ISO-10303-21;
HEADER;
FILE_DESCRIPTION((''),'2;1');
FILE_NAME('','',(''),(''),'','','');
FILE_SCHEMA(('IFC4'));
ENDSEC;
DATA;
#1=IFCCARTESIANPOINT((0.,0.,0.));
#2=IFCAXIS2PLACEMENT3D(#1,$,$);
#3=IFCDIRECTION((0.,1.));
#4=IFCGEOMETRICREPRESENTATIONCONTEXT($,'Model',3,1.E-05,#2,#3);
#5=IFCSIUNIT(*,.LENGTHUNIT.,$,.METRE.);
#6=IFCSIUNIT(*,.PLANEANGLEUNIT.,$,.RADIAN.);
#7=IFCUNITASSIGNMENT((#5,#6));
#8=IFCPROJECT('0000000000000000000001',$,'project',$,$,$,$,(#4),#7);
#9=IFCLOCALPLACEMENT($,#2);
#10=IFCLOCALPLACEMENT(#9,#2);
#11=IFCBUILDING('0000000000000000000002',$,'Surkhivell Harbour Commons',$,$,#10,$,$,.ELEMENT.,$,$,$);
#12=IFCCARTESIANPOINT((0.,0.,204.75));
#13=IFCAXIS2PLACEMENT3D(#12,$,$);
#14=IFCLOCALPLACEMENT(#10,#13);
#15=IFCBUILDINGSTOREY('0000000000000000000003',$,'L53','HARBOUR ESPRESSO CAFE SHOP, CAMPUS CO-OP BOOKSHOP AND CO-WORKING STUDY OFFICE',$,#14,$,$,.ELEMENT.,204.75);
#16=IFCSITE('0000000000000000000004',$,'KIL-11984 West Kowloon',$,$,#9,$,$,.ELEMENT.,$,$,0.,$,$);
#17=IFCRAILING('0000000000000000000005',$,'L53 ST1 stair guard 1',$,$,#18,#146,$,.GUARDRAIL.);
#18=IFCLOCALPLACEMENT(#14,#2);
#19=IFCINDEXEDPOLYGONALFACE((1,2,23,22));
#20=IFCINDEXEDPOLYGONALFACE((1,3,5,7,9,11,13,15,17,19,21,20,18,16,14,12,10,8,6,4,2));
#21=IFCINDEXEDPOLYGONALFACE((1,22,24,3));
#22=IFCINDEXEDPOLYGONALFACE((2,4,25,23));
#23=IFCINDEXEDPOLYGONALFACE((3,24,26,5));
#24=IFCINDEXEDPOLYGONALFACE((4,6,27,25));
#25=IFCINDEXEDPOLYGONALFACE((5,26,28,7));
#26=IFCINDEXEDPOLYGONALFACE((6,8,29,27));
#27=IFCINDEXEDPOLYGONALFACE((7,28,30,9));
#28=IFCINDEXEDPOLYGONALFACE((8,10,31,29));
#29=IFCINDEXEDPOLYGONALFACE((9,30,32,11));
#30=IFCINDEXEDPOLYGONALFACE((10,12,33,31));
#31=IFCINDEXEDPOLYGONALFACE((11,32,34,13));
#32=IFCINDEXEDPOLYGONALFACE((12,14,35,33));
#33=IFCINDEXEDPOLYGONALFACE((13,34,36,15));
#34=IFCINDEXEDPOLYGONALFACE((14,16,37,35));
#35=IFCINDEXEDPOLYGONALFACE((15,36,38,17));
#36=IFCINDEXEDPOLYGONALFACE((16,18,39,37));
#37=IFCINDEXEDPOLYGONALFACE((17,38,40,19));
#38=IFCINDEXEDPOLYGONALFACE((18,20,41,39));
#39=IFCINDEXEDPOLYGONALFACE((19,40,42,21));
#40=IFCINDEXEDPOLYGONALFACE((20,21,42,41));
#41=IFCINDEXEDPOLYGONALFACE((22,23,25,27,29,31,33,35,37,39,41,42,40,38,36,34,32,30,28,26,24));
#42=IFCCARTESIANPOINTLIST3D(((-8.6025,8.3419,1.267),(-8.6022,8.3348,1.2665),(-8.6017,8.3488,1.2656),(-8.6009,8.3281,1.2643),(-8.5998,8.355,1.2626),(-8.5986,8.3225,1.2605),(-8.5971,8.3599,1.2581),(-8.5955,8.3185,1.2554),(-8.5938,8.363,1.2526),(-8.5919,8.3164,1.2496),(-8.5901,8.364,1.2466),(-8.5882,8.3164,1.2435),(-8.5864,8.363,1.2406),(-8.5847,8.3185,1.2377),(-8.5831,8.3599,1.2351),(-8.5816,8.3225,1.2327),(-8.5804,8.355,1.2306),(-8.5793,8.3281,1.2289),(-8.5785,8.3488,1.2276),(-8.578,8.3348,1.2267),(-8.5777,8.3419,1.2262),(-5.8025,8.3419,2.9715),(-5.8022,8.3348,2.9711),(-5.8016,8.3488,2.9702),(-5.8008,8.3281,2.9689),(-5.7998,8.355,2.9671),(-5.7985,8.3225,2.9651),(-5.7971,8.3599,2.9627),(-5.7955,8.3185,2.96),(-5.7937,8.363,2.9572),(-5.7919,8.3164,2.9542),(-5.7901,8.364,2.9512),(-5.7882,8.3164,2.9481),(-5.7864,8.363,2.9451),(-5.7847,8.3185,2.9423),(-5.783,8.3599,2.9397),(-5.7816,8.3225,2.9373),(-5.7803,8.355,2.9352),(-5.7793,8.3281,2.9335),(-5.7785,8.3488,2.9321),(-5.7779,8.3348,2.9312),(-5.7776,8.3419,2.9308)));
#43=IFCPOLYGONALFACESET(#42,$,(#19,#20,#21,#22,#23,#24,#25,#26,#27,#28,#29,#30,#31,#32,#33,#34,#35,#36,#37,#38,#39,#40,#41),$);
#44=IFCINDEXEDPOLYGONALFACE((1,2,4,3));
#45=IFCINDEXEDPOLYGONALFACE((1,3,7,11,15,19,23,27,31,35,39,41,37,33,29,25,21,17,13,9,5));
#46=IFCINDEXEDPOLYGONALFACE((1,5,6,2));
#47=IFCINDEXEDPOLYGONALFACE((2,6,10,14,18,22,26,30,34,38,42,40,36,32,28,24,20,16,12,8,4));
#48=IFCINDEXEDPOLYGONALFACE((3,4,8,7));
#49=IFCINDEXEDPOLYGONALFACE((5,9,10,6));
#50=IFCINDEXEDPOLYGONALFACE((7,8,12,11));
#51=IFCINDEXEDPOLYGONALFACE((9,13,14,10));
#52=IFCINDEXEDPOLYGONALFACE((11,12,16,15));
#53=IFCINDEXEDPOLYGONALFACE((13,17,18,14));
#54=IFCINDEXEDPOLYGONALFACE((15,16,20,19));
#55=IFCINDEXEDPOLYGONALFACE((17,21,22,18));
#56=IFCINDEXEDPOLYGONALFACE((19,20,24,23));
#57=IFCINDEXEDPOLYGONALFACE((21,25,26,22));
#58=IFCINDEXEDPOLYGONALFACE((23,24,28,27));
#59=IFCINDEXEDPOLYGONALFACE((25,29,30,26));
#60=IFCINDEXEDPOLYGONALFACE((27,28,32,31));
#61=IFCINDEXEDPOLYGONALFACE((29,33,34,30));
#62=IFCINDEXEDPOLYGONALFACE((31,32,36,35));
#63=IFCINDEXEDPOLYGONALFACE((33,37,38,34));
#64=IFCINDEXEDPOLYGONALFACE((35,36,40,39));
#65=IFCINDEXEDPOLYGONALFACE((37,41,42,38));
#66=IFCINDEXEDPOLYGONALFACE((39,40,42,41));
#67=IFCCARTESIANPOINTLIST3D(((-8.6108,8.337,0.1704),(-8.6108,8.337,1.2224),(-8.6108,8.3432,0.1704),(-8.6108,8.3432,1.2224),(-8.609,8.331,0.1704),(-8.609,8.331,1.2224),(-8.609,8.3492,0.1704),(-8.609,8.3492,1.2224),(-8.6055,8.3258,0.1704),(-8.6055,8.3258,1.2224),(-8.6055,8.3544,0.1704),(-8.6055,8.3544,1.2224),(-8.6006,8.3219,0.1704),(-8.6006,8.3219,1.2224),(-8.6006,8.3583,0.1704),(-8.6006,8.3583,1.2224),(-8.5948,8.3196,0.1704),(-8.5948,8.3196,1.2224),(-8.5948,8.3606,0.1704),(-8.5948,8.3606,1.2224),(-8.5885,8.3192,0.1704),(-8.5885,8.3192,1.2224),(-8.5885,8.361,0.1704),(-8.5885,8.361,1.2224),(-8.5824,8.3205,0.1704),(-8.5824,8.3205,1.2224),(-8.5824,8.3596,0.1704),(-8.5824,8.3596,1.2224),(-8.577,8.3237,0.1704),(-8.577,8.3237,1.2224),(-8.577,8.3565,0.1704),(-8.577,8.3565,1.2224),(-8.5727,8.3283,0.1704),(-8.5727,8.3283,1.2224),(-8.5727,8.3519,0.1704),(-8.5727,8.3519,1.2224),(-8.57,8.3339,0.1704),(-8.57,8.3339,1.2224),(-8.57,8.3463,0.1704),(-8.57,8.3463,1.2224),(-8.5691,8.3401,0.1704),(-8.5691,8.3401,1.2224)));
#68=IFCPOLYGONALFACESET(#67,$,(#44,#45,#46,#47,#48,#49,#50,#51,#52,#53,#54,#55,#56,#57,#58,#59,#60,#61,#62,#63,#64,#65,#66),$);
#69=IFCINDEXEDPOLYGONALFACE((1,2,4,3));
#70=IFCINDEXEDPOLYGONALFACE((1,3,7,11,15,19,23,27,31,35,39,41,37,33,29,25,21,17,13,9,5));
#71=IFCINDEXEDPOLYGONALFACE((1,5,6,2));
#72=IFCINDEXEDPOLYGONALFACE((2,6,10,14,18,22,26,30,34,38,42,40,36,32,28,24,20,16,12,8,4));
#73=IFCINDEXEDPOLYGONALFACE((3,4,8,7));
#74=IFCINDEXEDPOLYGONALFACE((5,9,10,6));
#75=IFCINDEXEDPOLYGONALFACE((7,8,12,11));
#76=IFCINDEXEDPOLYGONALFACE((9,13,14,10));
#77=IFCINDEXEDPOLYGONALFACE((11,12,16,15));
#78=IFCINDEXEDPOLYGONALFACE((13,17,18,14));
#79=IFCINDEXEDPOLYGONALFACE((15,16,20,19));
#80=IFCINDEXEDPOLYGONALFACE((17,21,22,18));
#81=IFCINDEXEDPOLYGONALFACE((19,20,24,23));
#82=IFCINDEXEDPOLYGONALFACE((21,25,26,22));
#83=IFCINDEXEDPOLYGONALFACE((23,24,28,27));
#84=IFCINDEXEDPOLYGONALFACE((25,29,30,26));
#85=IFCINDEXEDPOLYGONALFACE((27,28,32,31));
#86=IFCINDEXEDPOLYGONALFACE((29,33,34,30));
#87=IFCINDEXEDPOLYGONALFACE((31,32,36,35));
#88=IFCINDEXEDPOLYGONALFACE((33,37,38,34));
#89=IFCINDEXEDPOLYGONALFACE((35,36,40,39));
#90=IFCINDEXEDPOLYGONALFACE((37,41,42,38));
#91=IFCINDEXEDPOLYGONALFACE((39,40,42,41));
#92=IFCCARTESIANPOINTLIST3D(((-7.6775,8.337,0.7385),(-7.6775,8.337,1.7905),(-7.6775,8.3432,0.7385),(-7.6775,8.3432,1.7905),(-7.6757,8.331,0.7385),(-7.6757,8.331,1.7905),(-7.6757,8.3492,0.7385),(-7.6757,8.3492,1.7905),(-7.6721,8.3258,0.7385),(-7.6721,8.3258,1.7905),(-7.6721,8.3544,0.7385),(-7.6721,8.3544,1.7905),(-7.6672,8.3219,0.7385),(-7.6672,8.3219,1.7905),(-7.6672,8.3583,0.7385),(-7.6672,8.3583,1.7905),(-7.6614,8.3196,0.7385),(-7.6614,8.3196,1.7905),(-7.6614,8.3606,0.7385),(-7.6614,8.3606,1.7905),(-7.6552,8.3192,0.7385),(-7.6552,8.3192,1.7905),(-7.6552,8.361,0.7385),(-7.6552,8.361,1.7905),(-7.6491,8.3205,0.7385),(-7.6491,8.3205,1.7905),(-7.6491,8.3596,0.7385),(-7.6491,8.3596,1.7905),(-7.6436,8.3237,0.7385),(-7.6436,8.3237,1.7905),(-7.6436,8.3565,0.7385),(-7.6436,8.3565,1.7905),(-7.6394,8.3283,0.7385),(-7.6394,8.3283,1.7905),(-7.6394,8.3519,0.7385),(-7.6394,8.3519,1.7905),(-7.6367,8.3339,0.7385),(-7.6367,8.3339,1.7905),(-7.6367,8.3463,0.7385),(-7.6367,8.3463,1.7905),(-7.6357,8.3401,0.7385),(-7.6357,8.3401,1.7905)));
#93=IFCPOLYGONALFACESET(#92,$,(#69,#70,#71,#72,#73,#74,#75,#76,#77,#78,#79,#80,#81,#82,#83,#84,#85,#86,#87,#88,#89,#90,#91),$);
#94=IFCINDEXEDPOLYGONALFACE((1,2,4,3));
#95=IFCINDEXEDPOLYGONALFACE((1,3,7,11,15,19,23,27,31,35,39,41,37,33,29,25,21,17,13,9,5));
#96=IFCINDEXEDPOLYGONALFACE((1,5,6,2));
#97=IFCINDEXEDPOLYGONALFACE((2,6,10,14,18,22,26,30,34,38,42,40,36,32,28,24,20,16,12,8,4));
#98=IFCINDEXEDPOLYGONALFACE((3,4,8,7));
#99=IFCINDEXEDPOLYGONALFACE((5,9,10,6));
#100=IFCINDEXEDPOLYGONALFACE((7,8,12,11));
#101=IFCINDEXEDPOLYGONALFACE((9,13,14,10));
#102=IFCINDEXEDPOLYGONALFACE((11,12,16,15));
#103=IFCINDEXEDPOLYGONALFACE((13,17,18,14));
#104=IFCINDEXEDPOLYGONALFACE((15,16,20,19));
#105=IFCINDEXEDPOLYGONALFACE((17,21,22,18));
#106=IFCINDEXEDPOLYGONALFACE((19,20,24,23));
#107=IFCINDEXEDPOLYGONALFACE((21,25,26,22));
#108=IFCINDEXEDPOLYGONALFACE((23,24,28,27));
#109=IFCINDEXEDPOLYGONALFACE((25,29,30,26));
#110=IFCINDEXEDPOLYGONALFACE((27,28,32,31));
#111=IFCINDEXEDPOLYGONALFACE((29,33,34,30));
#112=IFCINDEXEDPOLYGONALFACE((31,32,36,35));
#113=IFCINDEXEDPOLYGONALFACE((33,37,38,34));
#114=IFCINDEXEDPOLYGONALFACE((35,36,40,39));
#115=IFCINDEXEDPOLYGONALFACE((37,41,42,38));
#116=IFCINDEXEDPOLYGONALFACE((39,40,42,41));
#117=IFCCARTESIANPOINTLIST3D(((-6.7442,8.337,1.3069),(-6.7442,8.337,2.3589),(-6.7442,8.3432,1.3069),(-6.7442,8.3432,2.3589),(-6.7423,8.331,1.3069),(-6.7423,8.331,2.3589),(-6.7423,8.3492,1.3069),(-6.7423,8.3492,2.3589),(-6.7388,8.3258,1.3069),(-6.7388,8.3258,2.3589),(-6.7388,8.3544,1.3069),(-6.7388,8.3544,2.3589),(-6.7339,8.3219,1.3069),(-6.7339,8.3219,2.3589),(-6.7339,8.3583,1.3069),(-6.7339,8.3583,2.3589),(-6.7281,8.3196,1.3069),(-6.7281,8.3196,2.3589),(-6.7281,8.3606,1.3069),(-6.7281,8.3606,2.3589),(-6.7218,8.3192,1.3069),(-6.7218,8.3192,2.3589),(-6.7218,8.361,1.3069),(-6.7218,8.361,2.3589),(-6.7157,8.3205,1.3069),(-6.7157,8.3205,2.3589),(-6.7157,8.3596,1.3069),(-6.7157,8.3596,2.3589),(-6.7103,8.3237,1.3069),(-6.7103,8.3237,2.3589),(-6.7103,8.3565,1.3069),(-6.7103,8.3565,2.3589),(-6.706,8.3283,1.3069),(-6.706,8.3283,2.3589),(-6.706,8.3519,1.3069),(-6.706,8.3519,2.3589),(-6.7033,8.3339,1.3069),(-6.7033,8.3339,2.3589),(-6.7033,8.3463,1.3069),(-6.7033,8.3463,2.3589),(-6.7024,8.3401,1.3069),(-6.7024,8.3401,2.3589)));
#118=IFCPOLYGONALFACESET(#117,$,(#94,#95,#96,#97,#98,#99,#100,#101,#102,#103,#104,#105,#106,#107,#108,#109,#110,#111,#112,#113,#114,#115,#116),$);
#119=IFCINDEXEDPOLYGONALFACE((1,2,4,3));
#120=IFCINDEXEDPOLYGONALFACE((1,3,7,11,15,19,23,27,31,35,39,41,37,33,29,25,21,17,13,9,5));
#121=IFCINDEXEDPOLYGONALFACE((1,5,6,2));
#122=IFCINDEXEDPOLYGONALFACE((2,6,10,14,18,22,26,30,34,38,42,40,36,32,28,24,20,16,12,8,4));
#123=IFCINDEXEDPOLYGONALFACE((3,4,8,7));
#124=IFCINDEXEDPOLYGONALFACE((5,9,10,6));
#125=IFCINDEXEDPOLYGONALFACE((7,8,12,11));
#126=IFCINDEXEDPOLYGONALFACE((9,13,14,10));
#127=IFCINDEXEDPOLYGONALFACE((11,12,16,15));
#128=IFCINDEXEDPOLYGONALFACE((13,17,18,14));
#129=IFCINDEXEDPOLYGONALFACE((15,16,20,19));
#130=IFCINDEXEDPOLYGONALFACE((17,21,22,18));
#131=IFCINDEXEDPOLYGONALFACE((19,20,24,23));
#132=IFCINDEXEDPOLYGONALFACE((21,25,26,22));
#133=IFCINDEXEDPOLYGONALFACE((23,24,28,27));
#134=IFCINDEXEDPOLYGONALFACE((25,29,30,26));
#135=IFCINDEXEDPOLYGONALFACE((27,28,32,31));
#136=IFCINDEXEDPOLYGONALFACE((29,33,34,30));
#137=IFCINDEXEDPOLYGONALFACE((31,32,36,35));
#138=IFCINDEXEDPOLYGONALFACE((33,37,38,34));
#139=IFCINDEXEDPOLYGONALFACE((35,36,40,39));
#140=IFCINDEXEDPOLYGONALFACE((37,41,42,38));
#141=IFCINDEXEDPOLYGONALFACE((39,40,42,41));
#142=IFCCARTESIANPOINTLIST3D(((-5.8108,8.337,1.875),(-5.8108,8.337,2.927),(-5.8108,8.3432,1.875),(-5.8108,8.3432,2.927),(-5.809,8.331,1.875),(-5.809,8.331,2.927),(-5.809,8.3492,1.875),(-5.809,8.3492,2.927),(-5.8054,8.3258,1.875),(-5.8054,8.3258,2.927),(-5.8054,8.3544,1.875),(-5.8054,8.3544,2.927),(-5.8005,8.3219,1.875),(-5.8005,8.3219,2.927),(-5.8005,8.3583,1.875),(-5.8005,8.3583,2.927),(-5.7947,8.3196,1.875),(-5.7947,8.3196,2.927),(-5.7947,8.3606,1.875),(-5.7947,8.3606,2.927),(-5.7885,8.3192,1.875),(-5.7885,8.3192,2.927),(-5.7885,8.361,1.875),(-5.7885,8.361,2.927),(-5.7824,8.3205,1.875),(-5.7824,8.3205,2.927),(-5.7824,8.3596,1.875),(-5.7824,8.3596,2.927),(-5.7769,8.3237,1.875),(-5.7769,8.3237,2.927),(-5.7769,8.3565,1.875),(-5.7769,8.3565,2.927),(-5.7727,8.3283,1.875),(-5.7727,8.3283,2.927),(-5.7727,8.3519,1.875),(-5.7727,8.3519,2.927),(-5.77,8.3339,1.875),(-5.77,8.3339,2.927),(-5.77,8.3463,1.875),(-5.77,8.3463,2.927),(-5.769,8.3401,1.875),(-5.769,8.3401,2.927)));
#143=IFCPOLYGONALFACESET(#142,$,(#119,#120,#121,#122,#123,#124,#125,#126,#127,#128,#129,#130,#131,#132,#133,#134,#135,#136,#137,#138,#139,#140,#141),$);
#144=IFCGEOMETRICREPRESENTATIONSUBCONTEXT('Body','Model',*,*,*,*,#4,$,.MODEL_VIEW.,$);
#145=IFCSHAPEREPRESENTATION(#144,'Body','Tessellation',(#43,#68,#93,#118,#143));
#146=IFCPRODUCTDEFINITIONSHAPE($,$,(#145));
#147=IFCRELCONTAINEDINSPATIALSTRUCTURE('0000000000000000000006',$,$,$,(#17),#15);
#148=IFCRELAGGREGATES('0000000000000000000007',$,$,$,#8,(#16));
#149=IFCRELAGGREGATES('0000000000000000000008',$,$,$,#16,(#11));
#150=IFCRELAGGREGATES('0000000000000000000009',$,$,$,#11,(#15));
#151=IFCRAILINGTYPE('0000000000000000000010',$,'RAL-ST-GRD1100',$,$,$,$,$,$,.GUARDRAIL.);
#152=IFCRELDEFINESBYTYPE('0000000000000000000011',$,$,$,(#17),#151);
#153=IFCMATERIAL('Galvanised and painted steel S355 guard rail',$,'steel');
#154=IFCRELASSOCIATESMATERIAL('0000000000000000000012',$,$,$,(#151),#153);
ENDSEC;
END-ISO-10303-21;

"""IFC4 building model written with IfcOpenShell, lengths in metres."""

from ifc_helpers import new_model, si_unit, direction, frame, origin, origin_2d, place, context, subcontext, project, spatial, circle, extrude, material, type_object, element, save


model = new_model("IFC4")

# Units and contexts
model_context = context("Model", 3, precision=1e-05, world=origin(), true_north=direction((0.0, 1.0)))
body_context = subcontext(model_context, "Body", "Model", "MODEL_VIEW")
ifc_project = project(units=[si_unit("LENGTHUNIT", "METRE"), si_unit("PLANEANGLEUNIT", "RADIAN")], contexts=[model_context])

# Site, building, storey
site_placement = place(None, origin())
site = spatial("IfcSite", under=ifc_project, at=site_placement, Name="KIL-11984 West Kowloon", CompositionType="ELEMENT", RefElevation=0.0)
building_placement = place(site_placement, origin())
building = spatial("IfcBuilding", under=site, at=building_placement, Name="Surkhivell Harbour Commons", CompositionType="ELEMENT")
storey_placement = place(building_placement, frame((0.0, 0.0, 204.75)))
storey = spatial("IfcBuildingStorey", under=building, at=storey_placement, Name="L53", Description="HARBOUR ESPRESSO CAFE SHOP, CAMPUS CO-OP BOOKSHOP AND CO-WORKING STUDY OFFICE", CompositionType="ELEMENT", Elevation=204.75)

# Railing
ifc_material_1 = material(Name="Galvanised and painted steel S355 guard rail", Category="steel")
railing_type_1 = type_object("IfcRailingType", Name="RAL-ST-GRD1100", PredefinedType="GUARDRAIL", material=ifc_material_1)
railing_1_placement = place(storey_placement, frame((-8.5901, 8.3401, 0.1704)))
element("IfcRailing", 1, at=railing_1_placement, inside=storey, type_object=railing_type_1, Name="L53 ST1 stair guard 1", PredefinedType="GUARDRAIL", context=body_context, shape_type="SweptSolid", body=[
    extrude(circle(Radius=0.0239, at=origin_2d()), frame((0.0, 0.0, 1.0762), z_axis=(0.85417, 0.0, 0.519994), x_axis=(0.0, 1.0, 0.0)), (0.0, 0.0, 1.0), 3.2781),
    extrude(circle(Radius=0.021, at=origin_2d()), origin(), (0.0, 0.0, 1.0), 1.052),
    extrude(circle(Radius=0.021, at=origin_2d()), frame((0.9333, 0.0, 0.5681)), (0.0, 0.0, 1.0), 1.052),
    extrude(circle(Radius=0.021, at=origin_2d()), frame((1.8667, 0.0, 1.1365)), (0.0, 0.0, 1.0), 1.052),
    extrude(circle(Radius=0.021, at=origin_2d()), frame((2.8, 0.0, 1.7046)), (0.0, 0.0, 1.0), 1.052),
])

save(model, "model.ifc")
